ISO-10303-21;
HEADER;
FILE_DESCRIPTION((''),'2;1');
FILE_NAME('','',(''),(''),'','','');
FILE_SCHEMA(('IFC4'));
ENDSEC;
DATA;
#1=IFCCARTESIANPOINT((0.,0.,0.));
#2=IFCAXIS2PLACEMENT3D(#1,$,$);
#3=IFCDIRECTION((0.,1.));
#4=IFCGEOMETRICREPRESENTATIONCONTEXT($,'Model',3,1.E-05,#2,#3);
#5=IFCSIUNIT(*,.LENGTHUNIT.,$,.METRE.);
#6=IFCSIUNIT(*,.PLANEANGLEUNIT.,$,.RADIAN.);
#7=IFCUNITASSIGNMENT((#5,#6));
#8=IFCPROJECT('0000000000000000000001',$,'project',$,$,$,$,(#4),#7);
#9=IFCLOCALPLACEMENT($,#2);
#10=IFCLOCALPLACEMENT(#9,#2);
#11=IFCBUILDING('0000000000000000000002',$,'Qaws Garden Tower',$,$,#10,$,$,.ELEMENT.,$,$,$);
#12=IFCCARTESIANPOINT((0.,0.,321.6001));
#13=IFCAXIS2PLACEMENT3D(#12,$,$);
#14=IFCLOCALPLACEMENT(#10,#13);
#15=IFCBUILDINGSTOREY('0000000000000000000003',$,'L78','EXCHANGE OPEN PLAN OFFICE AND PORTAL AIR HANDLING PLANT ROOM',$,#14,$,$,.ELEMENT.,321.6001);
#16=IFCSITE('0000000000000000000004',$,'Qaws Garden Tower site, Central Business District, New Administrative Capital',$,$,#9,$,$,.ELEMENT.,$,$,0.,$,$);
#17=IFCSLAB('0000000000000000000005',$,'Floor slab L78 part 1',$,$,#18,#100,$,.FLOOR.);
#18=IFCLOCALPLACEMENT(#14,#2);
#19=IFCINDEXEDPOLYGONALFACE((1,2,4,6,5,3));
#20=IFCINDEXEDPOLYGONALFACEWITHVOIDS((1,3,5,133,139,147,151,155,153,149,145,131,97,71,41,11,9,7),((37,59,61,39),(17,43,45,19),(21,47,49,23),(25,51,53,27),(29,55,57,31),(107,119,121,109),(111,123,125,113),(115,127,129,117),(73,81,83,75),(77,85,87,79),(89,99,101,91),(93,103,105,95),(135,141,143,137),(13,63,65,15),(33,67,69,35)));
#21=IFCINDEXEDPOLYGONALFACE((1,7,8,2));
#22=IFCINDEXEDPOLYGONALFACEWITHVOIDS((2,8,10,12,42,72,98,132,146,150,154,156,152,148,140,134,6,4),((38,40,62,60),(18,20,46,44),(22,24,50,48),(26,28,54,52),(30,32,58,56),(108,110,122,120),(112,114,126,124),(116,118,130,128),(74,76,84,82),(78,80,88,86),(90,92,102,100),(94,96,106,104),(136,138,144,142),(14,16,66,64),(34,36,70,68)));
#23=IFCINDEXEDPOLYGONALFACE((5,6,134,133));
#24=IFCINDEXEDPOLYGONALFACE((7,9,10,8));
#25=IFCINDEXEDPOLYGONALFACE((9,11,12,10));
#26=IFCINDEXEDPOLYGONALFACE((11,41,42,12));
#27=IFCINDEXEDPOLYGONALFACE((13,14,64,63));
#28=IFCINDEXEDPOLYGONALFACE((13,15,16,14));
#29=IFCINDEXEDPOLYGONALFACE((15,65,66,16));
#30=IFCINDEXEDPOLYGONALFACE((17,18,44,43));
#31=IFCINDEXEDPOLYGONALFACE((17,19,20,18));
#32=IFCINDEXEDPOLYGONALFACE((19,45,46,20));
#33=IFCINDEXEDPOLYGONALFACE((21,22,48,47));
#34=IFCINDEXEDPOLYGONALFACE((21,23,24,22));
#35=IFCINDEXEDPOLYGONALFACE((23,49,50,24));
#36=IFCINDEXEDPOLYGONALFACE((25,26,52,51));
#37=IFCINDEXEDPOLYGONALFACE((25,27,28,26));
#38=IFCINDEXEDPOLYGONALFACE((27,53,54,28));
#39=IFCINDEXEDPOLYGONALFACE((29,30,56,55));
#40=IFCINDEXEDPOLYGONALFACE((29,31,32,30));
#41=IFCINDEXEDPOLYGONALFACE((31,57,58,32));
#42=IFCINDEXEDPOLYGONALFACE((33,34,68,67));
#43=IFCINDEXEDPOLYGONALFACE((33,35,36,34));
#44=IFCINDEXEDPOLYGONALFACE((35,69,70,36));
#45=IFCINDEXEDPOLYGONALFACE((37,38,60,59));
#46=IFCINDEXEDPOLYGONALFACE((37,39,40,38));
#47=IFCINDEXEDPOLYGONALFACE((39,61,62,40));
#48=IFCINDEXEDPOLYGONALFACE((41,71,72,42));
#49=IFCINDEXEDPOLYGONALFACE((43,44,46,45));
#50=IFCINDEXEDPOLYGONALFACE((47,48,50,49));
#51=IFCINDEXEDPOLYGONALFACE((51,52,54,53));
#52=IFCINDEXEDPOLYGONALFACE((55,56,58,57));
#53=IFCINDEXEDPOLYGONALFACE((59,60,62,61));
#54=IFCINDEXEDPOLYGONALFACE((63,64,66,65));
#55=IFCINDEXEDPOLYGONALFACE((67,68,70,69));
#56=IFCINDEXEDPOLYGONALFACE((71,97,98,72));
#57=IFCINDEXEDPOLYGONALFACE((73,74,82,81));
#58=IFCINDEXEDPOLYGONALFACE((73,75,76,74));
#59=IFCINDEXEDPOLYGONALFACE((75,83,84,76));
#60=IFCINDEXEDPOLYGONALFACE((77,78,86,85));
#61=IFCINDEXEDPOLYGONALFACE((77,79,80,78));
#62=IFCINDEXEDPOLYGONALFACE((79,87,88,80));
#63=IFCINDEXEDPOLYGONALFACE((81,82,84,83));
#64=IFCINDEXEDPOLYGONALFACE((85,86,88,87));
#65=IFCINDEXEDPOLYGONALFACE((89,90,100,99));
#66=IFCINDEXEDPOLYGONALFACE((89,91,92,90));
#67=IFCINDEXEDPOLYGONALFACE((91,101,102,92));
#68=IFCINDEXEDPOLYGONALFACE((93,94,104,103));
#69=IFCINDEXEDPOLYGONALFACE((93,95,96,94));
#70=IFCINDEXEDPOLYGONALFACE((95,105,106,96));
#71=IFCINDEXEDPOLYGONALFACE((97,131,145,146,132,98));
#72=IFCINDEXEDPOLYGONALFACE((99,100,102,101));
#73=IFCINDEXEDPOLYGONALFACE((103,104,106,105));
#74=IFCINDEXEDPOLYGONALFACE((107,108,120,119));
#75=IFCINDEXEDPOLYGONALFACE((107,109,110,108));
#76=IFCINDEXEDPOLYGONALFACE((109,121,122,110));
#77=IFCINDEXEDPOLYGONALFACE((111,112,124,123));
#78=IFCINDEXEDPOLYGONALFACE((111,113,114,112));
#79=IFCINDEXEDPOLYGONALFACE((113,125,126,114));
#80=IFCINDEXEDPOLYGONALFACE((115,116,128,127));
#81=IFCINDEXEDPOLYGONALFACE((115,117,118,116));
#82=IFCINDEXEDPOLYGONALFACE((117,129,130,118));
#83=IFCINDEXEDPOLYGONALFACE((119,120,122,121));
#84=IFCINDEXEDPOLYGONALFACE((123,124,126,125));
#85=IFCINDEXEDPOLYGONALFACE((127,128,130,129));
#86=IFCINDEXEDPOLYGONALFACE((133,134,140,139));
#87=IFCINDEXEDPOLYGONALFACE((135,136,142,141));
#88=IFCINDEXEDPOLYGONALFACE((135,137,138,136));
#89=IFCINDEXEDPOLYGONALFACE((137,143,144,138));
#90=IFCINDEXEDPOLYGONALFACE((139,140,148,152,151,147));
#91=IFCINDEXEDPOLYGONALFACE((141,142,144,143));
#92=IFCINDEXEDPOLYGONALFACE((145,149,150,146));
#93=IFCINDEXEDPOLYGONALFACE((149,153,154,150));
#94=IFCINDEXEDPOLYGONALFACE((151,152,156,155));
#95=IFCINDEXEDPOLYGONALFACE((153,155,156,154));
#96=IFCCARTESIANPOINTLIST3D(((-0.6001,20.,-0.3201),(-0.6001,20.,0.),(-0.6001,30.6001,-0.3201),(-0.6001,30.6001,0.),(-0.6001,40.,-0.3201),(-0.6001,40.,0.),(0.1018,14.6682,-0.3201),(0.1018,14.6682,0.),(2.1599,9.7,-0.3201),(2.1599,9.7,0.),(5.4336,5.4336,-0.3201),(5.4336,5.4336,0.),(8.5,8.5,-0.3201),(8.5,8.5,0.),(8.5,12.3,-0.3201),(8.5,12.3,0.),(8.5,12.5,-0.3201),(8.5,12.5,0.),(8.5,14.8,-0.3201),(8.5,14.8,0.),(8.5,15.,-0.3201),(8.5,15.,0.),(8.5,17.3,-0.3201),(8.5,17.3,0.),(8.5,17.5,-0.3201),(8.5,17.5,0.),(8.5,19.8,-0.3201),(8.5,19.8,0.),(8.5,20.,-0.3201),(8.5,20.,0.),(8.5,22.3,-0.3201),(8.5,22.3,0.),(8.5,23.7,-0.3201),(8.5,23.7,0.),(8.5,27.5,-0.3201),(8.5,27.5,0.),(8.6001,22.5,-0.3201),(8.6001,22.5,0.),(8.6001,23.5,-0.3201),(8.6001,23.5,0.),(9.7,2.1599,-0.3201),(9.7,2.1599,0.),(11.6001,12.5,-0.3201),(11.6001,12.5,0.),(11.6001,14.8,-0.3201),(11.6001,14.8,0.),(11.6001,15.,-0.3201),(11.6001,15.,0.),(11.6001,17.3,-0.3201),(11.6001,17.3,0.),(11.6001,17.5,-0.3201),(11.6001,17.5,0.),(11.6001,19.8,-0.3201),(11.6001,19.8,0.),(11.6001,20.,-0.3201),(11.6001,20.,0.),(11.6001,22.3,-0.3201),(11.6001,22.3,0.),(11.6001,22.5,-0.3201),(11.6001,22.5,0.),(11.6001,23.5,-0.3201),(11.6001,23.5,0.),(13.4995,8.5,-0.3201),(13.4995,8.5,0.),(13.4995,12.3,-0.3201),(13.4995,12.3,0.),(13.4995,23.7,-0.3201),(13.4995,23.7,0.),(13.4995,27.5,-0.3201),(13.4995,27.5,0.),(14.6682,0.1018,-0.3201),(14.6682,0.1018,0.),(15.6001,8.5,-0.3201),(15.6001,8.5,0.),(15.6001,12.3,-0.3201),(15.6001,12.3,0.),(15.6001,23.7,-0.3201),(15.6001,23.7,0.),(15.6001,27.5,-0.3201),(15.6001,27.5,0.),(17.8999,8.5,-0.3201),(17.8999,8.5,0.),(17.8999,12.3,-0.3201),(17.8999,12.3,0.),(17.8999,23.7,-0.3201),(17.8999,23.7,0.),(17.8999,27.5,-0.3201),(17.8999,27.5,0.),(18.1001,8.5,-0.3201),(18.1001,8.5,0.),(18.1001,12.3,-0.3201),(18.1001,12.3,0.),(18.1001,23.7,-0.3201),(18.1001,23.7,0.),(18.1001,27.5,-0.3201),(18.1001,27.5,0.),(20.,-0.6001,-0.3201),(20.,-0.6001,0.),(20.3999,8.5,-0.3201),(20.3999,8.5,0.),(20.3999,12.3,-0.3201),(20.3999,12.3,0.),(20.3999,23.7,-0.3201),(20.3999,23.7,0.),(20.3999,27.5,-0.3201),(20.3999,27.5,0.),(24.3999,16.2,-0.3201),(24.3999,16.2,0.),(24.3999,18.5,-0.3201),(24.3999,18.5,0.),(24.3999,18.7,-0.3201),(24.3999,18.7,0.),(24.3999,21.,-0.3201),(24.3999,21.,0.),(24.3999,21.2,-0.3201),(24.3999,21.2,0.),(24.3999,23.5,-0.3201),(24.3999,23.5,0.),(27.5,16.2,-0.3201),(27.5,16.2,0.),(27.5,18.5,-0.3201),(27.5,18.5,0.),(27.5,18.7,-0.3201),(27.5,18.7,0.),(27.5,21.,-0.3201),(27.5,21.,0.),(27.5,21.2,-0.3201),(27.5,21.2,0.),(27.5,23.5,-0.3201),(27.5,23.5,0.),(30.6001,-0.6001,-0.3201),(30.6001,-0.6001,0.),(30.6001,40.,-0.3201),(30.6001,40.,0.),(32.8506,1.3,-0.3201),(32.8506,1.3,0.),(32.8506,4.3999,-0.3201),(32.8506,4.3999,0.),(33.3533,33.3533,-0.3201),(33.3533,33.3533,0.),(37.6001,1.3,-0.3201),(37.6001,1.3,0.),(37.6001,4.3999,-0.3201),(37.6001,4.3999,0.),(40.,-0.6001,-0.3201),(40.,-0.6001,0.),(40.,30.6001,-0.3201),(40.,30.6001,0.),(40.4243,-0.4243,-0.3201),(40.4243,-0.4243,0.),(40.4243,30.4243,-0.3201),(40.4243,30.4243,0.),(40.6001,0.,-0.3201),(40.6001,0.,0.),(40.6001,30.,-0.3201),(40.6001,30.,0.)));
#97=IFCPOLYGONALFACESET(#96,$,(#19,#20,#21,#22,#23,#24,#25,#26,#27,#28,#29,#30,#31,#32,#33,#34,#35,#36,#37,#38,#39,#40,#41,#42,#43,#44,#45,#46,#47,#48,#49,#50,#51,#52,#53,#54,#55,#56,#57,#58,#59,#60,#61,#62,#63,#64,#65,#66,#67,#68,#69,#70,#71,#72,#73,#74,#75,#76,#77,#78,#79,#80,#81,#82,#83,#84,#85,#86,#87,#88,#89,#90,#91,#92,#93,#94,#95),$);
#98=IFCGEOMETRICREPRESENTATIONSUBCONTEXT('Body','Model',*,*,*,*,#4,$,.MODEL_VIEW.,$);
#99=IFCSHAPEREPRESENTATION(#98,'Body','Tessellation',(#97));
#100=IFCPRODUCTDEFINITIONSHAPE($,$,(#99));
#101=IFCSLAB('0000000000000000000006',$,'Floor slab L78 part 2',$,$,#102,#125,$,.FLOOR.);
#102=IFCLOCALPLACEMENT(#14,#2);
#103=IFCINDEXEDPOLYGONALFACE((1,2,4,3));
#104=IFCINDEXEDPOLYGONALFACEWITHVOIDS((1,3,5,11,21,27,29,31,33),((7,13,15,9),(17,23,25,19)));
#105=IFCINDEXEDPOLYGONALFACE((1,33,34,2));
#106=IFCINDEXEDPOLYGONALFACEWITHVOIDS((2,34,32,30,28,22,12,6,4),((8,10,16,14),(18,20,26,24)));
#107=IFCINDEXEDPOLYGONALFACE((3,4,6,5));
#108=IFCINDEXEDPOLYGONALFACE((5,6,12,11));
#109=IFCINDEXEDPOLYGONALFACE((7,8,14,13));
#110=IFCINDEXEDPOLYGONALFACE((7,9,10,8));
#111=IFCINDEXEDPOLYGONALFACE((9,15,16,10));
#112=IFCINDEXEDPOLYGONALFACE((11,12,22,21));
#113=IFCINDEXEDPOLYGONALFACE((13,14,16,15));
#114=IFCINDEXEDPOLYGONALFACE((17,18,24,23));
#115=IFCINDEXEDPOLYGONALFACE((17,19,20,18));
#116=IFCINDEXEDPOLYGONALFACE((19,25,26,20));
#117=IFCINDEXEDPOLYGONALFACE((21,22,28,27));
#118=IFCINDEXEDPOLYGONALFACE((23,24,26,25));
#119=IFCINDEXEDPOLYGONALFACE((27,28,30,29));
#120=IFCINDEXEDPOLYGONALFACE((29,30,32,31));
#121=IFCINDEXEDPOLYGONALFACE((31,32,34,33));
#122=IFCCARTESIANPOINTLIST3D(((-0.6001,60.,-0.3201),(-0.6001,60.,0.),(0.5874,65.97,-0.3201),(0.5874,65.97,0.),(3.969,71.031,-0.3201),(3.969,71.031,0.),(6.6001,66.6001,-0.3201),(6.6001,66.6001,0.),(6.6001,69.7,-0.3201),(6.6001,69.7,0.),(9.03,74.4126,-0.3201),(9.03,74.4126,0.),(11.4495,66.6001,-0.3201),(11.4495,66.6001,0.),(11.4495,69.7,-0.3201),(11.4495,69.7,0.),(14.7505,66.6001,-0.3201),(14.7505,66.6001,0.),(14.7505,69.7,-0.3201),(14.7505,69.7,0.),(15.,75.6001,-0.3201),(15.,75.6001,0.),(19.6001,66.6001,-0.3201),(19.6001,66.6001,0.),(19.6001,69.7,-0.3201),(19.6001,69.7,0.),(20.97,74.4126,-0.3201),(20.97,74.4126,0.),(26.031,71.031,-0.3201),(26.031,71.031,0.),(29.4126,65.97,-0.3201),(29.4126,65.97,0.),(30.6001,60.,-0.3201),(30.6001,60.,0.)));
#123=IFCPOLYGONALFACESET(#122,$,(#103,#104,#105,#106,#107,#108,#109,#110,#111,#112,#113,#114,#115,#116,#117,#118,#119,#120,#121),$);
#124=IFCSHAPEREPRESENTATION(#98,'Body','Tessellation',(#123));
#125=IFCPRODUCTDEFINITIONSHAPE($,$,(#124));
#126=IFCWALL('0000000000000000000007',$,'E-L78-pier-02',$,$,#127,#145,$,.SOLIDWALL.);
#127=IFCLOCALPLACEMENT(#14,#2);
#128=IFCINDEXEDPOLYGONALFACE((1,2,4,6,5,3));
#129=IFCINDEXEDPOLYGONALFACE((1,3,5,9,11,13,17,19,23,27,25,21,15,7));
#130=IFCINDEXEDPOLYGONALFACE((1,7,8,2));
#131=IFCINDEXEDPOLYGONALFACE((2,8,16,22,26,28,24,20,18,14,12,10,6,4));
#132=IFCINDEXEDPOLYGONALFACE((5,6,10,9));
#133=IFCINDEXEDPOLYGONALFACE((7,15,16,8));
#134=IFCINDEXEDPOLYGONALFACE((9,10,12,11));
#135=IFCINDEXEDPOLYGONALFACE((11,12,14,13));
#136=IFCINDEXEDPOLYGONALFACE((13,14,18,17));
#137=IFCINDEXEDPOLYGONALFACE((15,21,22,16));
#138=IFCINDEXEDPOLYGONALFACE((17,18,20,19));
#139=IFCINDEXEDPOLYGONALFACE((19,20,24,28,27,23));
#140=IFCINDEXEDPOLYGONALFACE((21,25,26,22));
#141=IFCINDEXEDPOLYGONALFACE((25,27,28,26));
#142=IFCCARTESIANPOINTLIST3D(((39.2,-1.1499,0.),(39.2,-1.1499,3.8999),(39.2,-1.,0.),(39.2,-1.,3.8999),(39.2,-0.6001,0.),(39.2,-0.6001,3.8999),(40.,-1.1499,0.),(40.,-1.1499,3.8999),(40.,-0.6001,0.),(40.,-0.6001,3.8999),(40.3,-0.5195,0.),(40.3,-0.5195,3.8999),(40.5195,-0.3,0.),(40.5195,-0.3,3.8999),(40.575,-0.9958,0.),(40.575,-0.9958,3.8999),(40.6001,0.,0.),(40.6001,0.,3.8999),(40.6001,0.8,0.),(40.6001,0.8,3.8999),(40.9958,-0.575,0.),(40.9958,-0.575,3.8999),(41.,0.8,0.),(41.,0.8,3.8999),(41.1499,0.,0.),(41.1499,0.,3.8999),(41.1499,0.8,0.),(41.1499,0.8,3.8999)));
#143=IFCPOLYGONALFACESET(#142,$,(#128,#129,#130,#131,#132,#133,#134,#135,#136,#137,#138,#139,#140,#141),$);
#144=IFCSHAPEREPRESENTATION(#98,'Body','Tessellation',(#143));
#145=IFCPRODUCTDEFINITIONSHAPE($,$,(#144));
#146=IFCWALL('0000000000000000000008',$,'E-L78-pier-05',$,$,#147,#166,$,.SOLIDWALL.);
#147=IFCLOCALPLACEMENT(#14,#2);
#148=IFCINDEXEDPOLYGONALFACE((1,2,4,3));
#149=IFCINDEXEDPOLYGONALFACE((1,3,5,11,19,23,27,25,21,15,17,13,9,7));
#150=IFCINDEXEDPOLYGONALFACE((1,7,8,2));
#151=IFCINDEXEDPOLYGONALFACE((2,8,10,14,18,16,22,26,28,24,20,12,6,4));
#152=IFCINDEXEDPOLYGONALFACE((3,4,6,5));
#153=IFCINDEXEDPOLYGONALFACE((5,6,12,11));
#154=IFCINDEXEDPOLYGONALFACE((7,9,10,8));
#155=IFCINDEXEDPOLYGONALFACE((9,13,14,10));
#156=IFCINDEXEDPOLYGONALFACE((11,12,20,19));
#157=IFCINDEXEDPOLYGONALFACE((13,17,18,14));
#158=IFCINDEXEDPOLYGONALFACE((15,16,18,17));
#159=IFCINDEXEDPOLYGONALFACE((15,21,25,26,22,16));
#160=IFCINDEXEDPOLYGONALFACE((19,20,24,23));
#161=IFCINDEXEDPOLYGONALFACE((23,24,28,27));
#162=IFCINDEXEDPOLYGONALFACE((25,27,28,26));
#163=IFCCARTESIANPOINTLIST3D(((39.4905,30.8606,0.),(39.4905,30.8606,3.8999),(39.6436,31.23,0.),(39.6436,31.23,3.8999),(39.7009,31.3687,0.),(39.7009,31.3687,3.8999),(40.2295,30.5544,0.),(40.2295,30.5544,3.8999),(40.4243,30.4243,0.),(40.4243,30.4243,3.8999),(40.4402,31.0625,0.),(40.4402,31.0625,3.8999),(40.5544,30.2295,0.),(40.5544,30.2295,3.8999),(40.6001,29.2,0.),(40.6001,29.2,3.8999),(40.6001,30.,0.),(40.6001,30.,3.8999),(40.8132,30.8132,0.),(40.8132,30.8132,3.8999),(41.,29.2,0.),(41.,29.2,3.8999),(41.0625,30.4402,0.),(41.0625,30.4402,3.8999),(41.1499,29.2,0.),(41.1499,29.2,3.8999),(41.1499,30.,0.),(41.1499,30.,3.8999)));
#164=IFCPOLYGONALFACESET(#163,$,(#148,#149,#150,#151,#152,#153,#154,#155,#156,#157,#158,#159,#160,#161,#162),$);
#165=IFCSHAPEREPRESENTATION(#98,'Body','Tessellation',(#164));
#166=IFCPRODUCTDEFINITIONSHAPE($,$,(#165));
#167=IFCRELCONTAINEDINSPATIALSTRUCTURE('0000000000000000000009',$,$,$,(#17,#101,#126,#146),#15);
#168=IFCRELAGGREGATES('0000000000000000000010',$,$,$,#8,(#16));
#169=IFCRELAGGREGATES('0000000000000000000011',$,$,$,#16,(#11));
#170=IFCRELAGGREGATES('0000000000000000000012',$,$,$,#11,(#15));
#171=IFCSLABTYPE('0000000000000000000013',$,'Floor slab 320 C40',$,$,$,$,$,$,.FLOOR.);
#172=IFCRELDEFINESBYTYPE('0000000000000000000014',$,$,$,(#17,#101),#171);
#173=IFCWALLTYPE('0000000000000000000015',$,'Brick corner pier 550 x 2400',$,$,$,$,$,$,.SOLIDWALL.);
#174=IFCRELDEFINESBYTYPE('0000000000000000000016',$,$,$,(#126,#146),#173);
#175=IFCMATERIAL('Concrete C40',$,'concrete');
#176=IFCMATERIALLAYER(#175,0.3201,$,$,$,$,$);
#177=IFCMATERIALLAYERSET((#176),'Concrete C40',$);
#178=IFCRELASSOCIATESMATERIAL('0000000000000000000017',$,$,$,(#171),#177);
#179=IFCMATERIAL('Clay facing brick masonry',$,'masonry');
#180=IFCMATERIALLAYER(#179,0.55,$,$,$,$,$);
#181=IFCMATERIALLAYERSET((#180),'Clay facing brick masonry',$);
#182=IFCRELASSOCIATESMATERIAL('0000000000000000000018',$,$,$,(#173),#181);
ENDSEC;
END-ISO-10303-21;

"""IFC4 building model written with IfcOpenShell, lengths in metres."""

from ifc_helpers import new_model, si_unit, direction, frame, origin, place, context, subcontext, project, spatial, polyline, outline, extrude, material, layer, layer_set, type_object, element, save


model = new_model("IFC4")

# Units and contexts
model_context = context("Model", 3, precision=1e-05, world=origin(), true_north=direction((0.0, 1.0)))
body_context = subcontext(model_context, "Body", "Model", "MODEL_VIEW")
ifc_project = project(units=[si_unit("LENGTHUNIT", "METRE"), si_unit("PLANEANGLEUNIT", "RADIAN")], contexts=[model_context])

# Site, building, storey
site_placement = place(None, origin())
site = spatial("IfcSite", under=ifc_project, at=site_placement, Name="Qaws Garden Tower site, Central Business District, New Administrative Capital", CompositionType="ELEMENT", RefElevation=0.0)
building_placement = place(site_placement, origin())
building = spatial("IfcBuilding", under=site, at=building_placement, Name="Qaws Garden Tower", CompositionType="ELEMENT")
storey_placement = place(building_placement, frame((0.0, 0.0, 321.6001)))
storey = spatial("IfcBuildingStorey", under=building, at=storey_placement, Name="L78", Description="EXCHANGE OPEN PLAN OFFICE AND PORTAL AIR HANDLING PLANT ROOM", CompositionType="ELEMENT", Elevation=321.6001)

# Slabs
ifc_material_1 = material(Name="Concrete C40", Category="concrete")
ifc_layer_1 = layer(ifc_material_1, 0.3201)
ifc_layer_set_1 = layer_set([ifc_layer_1], Name="Concrete C40")
slab_type = type_object("IfcSlabType", Name="Floor slab 320 C40", PredefinedType="FLOOR", material=ifc_layer_set_1)
placement_1 = place(storey_placement, frame((0.0, 0.0, -0.3201)))
element("IfcSlab", 1, at=placement_1, inside=storey, type_object=slab_type, Name="Floor slab L78 part 1", PredefinedType="FLOOR", context=body_context, shape_type="SweptSolid", body=[
    extrude(outline(polyline([(-0.6001, 20.0), (-0.6001, 30.6001), (-0.6001, 40.0), (30.6001, 40.0), (33.3533, 33.3533), (40.0, 30.6001), (40.4243, 30.4243), (40.6001, 30.0), (40.6001, 0.0), (40.4243, -0.4243), (40.0, -0.6001), (30.6001, -0.6001), (20.0, -0.6001), (14.6682, 0.1018), (9.7, 2.1599), (5.4336, 5.4336), (2.1599, 9.7), (0.1018, 14.6682), (-0.6001, 20.0)]), holes=[polyline([(13.4995, 12.3), (8.5, 12.3), (8.5, 8.5), (13.4995, 8.5), (13.4995, 12.3)]), polyline([(17.8999, 12.3), (15.6001, 12.3), (15.6001, 8.5), (17.8999, 8.5), (17.8999, 12.3)]), polyline([(11.6001, 14.8), (8.5, 14.8), (8.5, 12.5), (11.6001, 12.5), (11.6001, 14.8)]), polyline([(11.6001, 17.3), (8.5, 17.3), (8.5, 15.0), (11.6001, 15.0), (11.6001, 17.3)]), polyline([(11.6001, 19.8), (8.5, 19.8), (8.5, 17.5), (11.6001, 17.5), (11.6001, 19.8)]), polyline([(11.6001, 22.3), (8.5, 22.3), (8.5, 20.0), (11.6001, 20.0), (11.6001, 22.3)]), polyline([(11.6001, 23.5), (8.6001, 23.5), (8.6001, 22.5), (11.6001, 22.5), (11.6001, 23.5)]), polyline([(13.4995, 27.5), (8.5, 27.5), (8.5, 23.7), (13.4995, 23.7), (13.4995, 27.5)]), polyline([(37.6001, 4.3999), (32.8506, 4.3999), (32.8506, 1.3), (37.6001, 1.3), (37.6001, 4.3999)]), polyline([(20.3999, 12.3), (18.1001, 12.3), (18.1001, 8.5), (20.3999, 8.5), (20.3999, 12.3)]), polyline([(27.5, 18.5), (24.3999, 18.5), (24.3999, 16.2), (27.5, 16.2), (27.5, 18.5)]), polyline([(27.5, 21.0), (24.3999, 21.0), (24.3999, 18.7), (27.5, 18.7), (27.5, 21.0)]), polyline([(27.5, 23.5), (24.3999, 23.5), (24.3999, 21.2), (27.5, 21.2), (27.5, 23.5)]), polyline([(17.8999, 27.5), (15.6001, 27.5), (15.6001, 23.7), (17.8999, 23.7), (17.8999, 27.5)]), polyline([(20.3999, 23.7), (20.3999, 27.5), (18.1001, 27.5), (18.1001, 23.7), (20.3999, 23.7)])]), origin(), (0.0, 0.0, 1.0), 0.3201),
])
element("IfcSlab", 2, at=placement_1, inside=storey, type_object=slab_type, Name="Floor slab L78 part 2", PredefinedType="FLOOR", context=body_context, shape_type="SweptSolid", body=[
    extrude(outline(polyline([(3.969, 71.031), (9.03, 74.4126), (15.0, 75.6001), (20.97, 74.4126), (26.031, 71.031), (29.4126, 65.97), (30.6001, 60.0), (-0.6001, 60.0), (0.5874, 65.97), (3.969, 71.031)]), holes=[polyline([(11.4495, 69.7), (6.6001, 69.7), (6.6001, 66.6001), (11.4495, 66.6001), (11.4495, 69.7)]), polyline([(19.6001, 66.6001), (19.6001, 69.7), (14.7505, 69.7), (14.7505, 66.6001), (19.6001, 66.6001)])]), origin(), (0.0, 0.0, 1.0), 0.3201),
])

# Walls
ifc_material_2 = material(Name="Clay facing brick masonry", Category="masonry")
ifc_layer_2 = layer(ifc_material_2, 0.55)
ifc_layer_set_2 = layer_set([ifc_layer_2], Name="Clay facing brick masonry")
wall_type_1 = type_object("IfcWallType", Name="Brick corner pier 550 x 2400", PredefinedType="SOLIDWALL", material=ifc_layer_set_2)
placement_2 = place(storey_placement, origin())
element("IfcWall", 3, at=placement_2, inside=storey, type_object=wall_type_1, Name="E-L78-pier-02", PredefinedType="SOLIDWALL", context=body_context, shape_type="SweptSolid", body=[
    extrude(outline(polyline([(39.2, -1.0), (39.2, -1.1499), (40.0, -1.1499), (40.575, -0.9958), (40.9958, -0.575), (41.1499, 0.0), (41.1499, 0.8), (41.0, 0.8), (40.6001, 0.8), (40.6001, 0.0), (40.5195, -0.3), (40.3, -0.5195), (40.0, -0.6001), (39.2, -0.6001), (39.2, -1.0)])), origin(), (0.0, 0.0, 1.0), 3.8999),
])
element("IfcWall", 4, at=placement_2, inside=storey, type_object=wall_type_1, Name="E-L78-pier-05", PredefinedType="SOLIDWALL", context=body_context, shape_type="SweptSolid", body=[
    extrude(outline(polyline([(41.0, 29.2), (41.1499, 29.2), (41.1499, 30.0), (41.0625, 30.4402), (40.8132, 30.8132), (40.4402, 31.0625), (39.7009, 31.3687), (39.6436, 31.23), (39.4905, 30.8606), (40.2295, 30.5544), (40.4243, 30.4243), (40.5544, 30.2295), (40.6001, 30.0), (40.6001, 29.2), (41.0, 29.2)])), origin(), (0.0, 0.0, 1.0), 3.8999),
])

save(model, "model.ifc")
